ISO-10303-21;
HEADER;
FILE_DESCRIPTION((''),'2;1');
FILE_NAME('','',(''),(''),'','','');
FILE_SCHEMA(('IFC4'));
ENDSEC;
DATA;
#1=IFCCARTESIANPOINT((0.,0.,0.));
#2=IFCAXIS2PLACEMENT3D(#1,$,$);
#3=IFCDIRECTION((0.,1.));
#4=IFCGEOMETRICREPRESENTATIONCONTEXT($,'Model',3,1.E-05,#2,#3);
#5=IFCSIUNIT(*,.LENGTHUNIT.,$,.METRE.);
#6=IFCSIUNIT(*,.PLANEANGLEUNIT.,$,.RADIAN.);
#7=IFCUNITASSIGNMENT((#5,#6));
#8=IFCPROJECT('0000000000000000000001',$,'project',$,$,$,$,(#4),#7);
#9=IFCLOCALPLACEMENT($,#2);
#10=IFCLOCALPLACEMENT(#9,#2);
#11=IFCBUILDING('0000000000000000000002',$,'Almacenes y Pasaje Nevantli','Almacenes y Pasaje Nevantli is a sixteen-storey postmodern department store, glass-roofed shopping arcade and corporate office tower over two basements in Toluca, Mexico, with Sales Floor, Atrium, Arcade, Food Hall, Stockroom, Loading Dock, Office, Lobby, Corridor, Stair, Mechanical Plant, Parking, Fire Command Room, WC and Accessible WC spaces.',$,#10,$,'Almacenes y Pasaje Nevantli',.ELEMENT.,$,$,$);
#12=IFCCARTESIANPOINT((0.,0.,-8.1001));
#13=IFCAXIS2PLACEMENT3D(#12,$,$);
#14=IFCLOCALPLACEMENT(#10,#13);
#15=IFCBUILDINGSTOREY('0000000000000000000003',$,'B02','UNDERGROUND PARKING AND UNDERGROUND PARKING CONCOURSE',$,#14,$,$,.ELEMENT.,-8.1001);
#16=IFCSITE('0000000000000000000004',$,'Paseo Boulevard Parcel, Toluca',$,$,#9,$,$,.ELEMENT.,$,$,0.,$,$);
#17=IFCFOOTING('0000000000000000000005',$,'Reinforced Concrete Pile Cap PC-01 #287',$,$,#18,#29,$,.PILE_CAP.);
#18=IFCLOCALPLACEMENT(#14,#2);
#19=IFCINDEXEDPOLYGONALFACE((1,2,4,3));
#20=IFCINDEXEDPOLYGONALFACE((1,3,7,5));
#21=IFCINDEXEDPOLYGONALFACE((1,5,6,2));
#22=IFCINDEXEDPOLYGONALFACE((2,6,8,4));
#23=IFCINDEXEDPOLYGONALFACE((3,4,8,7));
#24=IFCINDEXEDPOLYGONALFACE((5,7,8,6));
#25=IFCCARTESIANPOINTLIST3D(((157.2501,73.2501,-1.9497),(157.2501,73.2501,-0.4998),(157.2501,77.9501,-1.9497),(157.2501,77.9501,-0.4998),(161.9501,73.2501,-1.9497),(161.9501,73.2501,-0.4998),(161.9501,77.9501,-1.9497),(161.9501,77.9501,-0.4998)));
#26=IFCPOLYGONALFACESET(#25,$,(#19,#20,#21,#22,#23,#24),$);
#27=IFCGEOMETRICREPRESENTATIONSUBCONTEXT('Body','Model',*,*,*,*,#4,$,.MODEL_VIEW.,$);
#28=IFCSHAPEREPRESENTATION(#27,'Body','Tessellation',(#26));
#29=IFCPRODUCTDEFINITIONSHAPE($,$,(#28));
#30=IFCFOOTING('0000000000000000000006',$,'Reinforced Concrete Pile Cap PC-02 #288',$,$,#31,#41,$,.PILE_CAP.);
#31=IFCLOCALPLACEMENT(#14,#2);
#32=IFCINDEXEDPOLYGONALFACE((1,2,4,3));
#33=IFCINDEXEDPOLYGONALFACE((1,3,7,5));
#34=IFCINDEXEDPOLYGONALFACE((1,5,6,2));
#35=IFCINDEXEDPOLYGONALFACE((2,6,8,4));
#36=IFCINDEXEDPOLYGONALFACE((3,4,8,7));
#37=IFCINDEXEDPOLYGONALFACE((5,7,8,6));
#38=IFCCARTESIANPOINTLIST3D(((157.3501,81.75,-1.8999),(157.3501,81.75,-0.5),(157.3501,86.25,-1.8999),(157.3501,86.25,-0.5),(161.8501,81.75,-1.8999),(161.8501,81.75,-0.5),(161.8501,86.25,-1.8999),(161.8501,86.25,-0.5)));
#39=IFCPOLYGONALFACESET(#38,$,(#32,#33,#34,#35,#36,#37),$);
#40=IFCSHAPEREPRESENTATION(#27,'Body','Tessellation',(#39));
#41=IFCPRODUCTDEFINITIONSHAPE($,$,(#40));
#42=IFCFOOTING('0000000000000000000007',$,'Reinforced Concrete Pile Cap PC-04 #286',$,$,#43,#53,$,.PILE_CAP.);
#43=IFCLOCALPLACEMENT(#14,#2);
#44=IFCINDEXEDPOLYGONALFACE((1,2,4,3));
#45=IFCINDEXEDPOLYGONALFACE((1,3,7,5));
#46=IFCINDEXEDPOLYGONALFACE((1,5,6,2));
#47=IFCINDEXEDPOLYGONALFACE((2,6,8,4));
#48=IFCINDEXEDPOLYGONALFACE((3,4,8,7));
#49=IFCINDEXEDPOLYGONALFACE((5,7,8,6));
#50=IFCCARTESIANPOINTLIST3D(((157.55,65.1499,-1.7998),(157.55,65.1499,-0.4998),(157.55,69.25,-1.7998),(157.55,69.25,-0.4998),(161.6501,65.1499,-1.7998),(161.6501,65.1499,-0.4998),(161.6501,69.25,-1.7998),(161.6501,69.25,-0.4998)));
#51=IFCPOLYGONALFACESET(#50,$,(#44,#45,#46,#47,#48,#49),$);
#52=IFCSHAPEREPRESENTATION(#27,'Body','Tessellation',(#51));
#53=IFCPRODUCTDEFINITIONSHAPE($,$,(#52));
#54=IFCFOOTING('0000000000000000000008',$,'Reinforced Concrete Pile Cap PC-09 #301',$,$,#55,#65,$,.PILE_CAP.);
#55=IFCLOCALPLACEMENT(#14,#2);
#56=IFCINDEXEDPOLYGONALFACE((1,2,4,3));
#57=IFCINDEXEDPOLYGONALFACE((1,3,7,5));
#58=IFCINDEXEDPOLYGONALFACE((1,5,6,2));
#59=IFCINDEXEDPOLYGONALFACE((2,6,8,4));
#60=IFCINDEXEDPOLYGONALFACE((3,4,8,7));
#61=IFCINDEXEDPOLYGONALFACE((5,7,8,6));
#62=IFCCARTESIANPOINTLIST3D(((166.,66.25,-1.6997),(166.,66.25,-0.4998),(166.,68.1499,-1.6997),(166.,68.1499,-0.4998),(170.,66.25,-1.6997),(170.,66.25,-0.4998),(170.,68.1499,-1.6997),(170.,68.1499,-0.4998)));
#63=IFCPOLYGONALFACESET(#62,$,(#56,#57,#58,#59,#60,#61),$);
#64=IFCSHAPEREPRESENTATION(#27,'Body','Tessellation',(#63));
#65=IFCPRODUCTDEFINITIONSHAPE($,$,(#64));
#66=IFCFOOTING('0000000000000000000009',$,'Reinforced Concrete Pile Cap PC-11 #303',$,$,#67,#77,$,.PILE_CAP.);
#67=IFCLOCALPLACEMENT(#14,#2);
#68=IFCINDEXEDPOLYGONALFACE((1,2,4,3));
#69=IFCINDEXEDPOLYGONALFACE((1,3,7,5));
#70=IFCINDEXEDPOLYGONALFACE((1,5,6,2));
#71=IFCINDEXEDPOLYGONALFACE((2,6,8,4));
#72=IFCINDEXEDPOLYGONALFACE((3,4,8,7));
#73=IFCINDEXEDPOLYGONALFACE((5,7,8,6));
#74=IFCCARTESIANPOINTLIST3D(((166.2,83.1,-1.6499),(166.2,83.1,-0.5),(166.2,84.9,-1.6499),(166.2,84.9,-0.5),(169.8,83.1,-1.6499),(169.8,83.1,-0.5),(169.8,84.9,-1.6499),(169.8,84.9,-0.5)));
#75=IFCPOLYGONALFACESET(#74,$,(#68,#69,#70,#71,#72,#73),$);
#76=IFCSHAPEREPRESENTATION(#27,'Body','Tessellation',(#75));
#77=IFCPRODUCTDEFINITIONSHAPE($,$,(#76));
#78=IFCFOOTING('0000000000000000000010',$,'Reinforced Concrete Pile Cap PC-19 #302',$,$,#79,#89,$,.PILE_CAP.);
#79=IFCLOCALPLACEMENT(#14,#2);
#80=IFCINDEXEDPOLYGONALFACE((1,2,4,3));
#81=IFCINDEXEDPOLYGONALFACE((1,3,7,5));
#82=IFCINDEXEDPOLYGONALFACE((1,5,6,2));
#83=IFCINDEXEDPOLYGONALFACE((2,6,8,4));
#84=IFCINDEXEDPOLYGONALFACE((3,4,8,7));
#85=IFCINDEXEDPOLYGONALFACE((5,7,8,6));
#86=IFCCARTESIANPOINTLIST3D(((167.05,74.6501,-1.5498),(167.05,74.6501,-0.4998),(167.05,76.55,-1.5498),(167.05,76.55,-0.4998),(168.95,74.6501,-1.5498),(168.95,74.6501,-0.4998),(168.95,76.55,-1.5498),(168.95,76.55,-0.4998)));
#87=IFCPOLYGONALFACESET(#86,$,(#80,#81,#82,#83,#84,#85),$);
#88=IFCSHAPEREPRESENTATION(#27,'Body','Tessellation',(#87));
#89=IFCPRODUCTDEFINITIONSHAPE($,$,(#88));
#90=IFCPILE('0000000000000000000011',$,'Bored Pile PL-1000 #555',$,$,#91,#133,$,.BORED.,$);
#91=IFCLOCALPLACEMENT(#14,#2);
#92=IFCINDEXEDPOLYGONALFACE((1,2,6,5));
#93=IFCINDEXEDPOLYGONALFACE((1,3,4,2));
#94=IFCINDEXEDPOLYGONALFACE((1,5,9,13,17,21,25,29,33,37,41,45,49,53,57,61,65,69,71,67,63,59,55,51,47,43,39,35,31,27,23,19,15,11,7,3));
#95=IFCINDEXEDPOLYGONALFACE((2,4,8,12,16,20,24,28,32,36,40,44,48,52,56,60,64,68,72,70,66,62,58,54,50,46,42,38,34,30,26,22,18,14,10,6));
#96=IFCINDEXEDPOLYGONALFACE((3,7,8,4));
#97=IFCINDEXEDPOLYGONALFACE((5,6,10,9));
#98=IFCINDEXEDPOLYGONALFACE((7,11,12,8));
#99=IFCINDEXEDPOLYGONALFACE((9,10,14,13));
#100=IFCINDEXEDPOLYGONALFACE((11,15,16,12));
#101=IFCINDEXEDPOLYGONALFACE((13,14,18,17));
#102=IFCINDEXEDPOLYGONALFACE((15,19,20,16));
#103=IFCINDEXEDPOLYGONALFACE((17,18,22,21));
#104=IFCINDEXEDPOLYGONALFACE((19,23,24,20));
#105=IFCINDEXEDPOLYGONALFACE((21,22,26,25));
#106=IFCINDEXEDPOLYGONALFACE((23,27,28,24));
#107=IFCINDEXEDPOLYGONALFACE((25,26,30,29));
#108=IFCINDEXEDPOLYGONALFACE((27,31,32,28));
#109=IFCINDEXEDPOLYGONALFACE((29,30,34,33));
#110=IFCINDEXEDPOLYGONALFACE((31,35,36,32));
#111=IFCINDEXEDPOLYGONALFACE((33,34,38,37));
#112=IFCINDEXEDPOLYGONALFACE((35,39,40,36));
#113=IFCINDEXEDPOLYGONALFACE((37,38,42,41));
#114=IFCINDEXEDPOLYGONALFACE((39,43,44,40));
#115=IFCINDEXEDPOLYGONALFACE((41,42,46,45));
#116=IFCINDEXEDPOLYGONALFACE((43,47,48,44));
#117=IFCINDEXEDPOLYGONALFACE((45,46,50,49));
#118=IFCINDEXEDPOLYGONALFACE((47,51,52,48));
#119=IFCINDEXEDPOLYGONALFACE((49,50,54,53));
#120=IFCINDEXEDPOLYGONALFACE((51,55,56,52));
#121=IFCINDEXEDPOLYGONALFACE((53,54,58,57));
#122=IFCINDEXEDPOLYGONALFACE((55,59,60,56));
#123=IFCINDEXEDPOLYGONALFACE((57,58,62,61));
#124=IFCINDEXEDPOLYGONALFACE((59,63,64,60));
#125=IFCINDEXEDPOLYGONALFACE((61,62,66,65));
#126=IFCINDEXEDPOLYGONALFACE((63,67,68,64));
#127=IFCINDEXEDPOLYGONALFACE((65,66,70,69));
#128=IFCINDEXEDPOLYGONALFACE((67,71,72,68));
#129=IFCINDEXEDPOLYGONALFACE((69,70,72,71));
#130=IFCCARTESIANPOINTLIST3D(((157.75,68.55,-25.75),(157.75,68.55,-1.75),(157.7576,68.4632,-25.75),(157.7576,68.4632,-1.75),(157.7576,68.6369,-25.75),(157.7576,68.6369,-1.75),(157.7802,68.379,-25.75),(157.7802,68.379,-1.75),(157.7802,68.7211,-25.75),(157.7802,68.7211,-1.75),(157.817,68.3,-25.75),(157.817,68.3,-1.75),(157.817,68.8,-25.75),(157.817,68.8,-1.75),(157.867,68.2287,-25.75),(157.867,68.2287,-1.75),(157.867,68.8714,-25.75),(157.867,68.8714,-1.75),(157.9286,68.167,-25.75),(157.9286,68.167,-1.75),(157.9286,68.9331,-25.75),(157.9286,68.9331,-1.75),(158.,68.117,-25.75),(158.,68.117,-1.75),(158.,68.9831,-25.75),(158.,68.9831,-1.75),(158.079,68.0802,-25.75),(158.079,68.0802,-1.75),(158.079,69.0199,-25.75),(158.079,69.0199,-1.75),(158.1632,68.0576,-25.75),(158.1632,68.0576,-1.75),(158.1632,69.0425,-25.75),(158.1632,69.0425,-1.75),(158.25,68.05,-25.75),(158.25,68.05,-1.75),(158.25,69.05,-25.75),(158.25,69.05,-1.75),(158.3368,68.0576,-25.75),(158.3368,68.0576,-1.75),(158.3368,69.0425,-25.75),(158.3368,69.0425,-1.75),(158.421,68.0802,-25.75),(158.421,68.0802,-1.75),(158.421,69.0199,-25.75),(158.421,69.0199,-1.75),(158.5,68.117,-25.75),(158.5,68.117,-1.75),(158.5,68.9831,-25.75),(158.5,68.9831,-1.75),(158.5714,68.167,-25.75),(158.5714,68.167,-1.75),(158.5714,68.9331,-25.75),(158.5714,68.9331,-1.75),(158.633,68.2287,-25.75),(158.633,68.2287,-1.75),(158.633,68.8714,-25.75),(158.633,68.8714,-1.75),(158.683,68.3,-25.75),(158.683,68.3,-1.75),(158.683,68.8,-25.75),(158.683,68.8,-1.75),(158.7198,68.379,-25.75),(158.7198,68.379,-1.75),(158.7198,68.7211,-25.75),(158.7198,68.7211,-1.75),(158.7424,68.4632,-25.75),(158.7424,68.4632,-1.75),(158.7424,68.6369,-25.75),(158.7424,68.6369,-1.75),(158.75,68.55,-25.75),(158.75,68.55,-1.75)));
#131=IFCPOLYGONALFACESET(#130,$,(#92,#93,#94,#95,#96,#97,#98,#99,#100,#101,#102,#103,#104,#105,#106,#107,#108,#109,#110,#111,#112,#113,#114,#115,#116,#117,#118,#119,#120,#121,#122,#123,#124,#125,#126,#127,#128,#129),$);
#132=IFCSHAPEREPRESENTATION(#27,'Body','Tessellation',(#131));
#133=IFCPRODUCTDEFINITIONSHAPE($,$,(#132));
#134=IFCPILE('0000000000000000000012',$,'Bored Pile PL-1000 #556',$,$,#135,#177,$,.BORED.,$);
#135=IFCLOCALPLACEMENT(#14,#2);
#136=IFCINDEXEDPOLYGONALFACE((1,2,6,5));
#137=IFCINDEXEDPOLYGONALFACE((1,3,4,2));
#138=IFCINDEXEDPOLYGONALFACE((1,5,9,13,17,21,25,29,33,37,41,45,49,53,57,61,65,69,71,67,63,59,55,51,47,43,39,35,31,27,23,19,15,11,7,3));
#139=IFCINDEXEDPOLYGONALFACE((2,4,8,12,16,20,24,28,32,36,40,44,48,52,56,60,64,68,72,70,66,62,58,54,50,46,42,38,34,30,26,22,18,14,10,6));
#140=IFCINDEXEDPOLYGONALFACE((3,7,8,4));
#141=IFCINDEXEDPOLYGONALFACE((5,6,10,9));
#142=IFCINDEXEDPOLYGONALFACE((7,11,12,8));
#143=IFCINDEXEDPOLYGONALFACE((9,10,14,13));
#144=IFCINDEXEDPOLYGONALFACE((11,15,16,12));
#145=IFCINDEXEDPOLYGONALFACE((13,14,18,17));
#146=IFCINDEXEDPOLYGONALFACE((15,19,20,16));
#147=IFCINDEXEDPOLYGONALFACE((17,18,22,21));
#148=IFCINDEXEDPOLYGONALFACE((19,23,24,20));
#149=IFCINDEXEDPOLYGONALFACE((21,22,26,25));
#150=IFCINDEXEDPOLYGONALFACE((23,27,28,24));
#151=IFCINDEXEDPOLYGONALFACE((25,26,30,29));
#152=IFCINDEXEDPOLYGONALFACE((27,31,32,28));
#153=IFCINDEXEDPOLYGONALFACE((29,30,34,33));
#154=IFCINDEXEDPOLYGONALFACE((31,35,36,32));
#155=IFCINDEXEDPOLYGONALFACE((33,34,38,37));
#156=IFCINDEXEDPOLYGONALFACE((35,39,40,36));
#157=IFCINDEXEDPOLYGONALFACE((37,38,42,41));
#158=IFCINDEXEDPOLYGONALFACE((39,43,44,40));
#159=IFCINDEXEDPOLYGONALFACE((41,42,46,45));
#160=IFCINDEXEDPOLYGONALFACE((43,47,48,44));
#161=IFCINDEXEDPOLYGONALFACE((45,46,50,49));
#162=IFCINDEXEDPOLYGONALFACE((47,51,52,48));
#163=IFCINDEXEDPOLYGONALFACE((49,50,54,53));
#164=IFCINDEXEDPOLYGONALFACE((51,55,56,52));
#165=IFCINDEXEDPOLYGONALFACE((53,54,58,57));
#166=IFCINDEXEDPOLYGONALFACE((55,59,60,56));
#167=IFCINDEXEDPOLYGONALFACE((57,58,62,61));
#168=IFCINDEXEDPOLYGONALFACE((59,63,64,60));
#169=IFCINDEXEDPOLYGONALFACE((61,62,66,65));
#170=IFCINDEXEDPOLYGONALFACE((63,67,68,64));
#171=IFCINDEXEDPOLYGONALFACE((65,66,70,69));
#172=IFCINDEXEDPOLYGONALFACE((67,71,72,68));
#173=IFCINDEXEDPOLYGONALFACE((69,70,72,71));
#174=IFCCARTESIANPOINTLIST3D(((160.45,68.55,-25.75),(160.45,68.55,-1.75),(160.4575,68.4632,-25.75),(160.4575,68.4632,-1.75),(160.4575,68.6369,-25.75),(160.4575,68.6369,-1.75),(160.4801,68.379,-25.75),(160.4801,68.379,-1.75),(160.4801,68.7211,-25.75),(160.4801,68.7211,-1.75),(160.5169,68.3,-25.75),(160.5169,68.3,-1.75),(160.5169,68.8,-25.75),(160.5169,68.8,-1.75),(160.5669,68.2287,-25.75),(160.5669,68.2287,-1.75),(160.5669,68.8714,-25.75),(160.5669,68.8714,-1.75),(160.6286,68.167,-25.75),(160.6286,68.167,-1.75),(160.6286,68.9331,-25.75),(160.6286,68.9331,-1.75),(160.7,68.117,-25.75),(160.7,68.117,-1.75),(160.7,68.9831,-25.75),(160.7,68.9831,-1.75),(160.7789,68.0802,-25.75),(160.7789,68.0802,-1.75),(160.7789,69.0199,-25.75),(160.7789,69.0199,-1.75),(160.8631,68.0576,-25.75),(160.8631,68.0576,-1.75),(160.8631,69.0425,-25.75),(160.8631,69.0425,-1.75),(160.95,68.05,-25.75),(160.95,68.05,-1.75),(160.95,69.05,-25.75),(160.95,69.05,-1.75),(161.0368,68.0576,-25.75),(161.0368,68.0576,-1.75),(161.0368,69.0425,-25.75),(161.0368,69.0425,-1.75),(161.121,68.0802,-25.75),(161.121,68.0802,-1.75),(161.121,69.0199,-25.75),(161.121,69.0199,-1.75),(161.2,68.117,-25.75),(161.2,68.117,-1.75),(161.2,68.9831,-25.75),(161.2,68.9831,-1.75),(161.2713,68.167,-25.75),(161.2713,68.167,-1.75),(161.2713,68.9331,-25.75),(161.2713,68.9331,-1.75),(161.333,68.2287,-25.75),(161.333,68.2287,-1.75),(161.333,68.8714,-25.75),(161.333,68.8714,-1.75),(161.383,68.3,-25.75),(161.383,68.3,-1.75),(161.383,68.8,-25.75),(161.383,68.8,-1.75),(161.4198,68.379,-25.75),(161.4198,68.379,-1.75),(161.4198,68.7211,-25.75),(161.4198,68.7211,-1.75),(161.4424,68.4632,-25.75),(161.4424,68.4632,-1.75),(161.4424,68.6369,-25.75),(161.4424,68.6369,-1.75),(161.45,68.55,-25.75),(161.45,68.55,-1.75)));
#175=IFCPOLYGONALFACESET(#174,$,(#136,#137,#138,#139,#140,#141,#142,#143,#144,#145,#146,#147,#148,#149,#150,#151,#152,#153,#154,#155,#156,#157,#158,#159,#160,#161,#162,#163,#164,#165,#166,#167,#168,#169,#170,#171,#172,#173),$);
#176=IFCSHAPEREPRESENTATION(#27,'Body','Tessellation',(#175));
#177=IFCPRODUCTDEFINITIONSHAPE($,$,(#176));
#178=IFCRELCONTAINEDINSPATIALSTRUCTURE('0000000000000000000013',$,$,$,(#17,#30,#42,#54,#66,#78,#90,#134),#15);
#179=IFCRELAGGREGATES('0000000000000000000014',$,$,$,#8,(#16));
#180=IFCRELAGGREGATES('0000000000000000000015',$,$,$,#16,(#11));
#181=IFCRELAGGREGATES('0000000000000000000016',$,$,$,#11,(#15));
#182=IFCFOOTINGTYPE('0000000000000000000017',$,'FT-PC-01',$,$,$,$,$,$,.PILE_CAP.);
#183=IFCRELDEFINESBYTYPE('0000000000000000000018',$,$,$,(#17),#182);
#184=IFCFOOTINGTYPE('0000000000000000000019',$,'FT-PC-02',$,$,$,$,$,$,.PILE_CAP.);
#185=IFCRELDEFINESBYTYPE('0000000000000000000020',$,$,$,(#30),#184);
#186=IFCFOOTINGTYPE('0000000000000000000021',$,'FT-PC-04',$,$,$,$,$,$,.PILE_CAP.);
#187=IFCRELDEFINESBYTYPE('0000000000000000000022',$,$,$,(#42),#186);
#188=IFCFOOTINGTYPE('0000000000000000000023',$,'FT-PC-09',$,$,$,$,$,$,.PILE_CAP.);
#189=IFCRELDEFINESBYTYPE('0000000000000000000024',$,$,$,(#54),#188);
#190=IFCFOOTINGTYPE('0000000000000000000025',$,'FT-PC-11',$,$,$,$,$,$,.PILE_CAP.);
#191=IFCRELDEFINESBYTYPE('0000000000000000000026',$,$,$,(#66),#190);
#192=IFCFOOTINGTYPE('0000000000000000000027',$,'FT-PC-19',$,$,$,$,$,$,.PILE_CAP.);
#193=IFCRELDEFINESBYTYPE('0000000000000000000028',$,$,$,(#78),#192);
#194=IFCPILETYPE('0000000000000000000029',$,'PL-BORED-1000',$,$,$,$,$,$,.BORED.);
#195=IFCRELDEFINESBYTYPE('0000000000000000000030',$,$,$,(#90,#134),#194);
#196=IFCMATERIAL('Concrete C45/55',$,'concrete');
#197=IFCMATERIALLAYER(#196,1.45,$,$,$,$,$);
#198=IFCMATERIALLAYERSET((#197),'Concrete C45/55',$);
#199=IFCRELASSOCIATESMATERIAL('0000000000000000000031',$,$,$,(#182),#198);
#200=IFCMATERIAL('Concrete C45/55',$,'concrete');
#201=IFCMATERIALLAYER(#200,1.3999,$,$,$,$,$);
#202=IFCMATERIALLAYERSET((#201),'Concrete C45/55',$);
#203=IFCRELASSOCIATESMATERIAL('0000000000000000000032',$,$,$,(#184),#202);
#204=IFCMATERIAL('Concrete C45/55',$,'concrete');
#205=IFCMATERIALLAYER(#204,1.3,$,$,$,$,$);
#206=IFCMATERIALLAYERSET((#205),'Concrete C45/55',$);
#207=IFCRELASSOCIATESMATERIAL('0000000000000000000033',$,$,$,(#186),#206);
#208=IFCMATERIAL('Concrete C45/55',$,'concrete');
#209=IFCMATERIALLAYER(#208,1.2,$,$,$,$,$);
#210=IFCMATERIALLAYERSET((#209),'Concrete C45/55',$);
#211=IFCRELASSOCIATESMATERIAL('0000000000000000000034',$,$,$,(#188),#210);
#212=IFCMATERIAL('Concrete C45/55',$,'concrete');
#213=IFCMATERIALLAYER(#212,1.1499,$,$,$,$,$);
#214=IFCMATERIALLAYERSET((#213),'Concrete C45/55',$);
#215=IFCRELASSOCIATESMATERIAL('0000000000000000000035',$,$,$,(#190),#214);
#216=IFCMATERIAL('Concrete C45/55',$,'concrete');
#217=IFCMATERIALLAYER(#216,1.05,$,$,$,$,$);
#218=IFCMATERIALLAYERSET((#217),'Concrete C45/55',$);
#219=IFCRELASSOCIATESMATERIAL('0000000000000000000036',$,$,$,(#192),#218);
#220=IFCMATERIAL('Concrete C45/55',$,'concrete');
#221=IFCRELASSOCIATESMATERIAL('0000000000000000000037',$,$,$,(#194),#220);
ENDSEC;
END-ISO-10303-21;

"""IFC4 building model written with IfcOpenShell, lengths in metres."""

from ifc_helpers import new_model, si_unit, direction, frame, origin, origin_2d, place, context, subcontext, project, spatial, rectangle, circle, extrude, material, layer, layer_set, material_profile, profile_set, type_object, element, save


model = new_model("IFC4")

# Units and contexts
model_context = context("Model", 3, precision=1e-05, world=origin(), true_north=direction((0.0, 1.0)))
body_context = subcontext(model_context, "Body", "Model", "MODEL_VIEW")
ifc_project = project(units=[si_unit("LENGTHUNIT", "METRE"), si_unit("PLANEANGLEUNIT", "RADIAN")], contexts=[model_context])

# Site, building, storey
site_placement = place(None, origin())
site = spatial("IfcSite", under=ifc_project, at=site_placement, Name="Paseo Boulevard Parcel, Toluca", CompositionType="ELEMENT", RefElevation=0.0)
building_placement = place(site_placement, origin())
building = spatial("IfcBuilding", under=site, at=building_placement, Name="Almacenes y Pasaje Nevantli", Description="Almacenes y Pasaje Nevantli is a sixteen-storey postmodern department store, glass-roofed shopping arcade and corporate office tower over two basements in Toluca, Mexico, with Sales Floor, Atrium, Arcade, Food Hall, Stockroom, Loading Dock, Office, Lobby, Corridor, Stair, Mechanical Plant, Parking, Fire Command Room, WC and Accessible WC spaces.", LongName="Almacenes y Pasaje Nevantli", CompositionType="ELEMENT")
storey_placement = place(building_placement, frame((0.0, 0.0, -8.1001)))
storey = spatial("IfcBuildingStorey", under=building, at=storey_placement, Name="B02", Description="UNDERGROUND PARKING AND UNDERGROUND PARKING CONCOURSE", CompositionType="ELEMENT", Elevation=-8.1001)

# Footings
ifc_material_1 = material(Name="Concrete C45/55", Category="concrete")
ifc_layer_1 = layer(ifc_material_1, 1.45)
ifc_layer_set_1 = layer_set([ifc_layer_1], Name="Concrete C45/55")
footing_type_1 = type_object("IfcFootingType", Name="FT-PC-01", PredefinedType="PILE_CAP", material=ifc_layer_set_1)
footing_1_placement = place(storey_placement, frame((159.6001, 75.6001, -1.9497), z_axis=(0.0, 0.0, 1.0), x_axis=(1.0, 0.0, 0.0)))
element("IfcFooting", 1, at=footing_1_placement, inside=storey, type_object=footing_type_1, Name="Reinforced Concrete Pile Cap PC-01 #287", PredefinedType="PILE_CAP", context=body_context, shape_type="SweptSolid", body=[
    extrude(rectangle(XDim=4.7, YDim=4.7, at=origin_2d()), origin(), (0.0, 0.0, 1.0), 1.45),
])
ifc_material_2 = material(Name="Concrete C45/55", Category="concrete")
ifc_layer_2 = layer(ifc_material_2, 1.3999)
ifc_layer_set_2 = layer_set([ifc_layer_2], Name="Concrete C45/55")
footing_type_2 = type_object("IfcFootingType", Name="FT-PC-02", PredefinedType="PILE_CAP", material=ifc_layer_set_2)
footing_2_placement = place(storey_placement, frame((159.6001, 84.0, -1.8999), z_axis=(0.0, 0.0, 1.0), x_axis=(1.0, 0.0, 0.0)))
element("IfcFooting", 2, at=footing_2_placement, inside=storey, type_object=footing_type_2, Name="Reinforced Concrete Pile Cap PC-02 #288", PredefinedType="PILE_CAP", context=body_context, shape_type="SweptSolid", body=[
    extrude(rectangle(XDim=4.5, YDim=4.5, at=origin_2d()), origin(), (0.0, 0.0, 1.0), 1.3999),
])
ifc_material_3 = material(Name="Concrete C45/55", Category="concrete")
ifc_layer_3 = layer(ifc_material_3, 1.3)
ifc_layer_set_3 = layer_set([ifc_layer_3], Name="Concrete C45/55")
footing_type_3 = type_object("IfcFootingType", Name="FT-PC-04", PredefinedType="PILE_CAP", material=ifc_layer_set_3)
footing_3_placement = place(storey_placement, frame((159.6001, 67.2, -1.7998), z_axis=(0.0, 0.0, 1.0), x_axis=(1.0, 0.0, 0.0)))
element("IfcFooting", 3, at=footing_3_placement, inside=storey, type_object=footing_type_3, Name="Reinforced Concrete Pile Cap PC-04 #286", PredefinedType="PILE_CAP", context=body_context, shape_type="SweptSolid", body=[
    extrude(rectangle(XDim=4.1001, YDim=4.1001, at=origin_2d()), origin(), (0.0, 0.0, 1.0), 1.3),
])
ifc_material_4 = material(Name="Concrete C45/55", Category="concrete")
ifc_layer_4 = layer(ifc_material_4, 1.2)
ifc_layer_set_4 = layer_set([ifc_layer_4], Name="Concrete C45/55")
footing_type_4 = type_object("IfcFootingType", Name="FT-PC-09", PredefinedType="PILE_CAP", material=ifc_layer_set_4)
footing_4_placement = place(storey_placement, frame((168.0, 67.2, -1.6997), z_axis=(0.0, 0.0, 1.0), x_axis=(1.0, 0.0, 0.0)))
element("IfcFooting", 4, at=footing_4_placement, inside=storey, type_object=footing_type_4, Name="Reinforced Concrete Pile Cap PC-09 #301", PredefinedType="PILE_CAP", context=body_context, shape_type="SweptSolid", body=[
    extrude(rectangle(XDim=4.0, YDim=1.8999, at=origin_2d()), origin(), (0.0, 0.0, 1.0), 1.2),
])
ifc_material_5 = material(Name="Concrete C45/55", Category="concrete")
ifc_layer_5 = layer(ifc_material_5, 1.1499)
ifc_layer_set_5 = layer_set([ifc_layer_5], Name="Concrete C45/55")
footing_type_5 = type_object("IfcFootingType", Name="FT-PC-11", PredefinedType="PILE_CAP", material=ifc_layer_set_5)
footing_5_placement = place(storey_placement, frame((168.0, 84.0, -1.6499), z_axis=(0.0, 0.0, 1.0), x_axis=(1.0, 0.0, 0.0)))
element("IfcFooting", 5, at=footing_5_placement, inside=storey, type_object=footing_type_5, Name="Reinforced Concrete Pile Cap PC-11 #303", PredefinedType="PILE_CAP", context=body_context, shape_type="SweptSolid", body=[
    extrude(rectangle(XDim=3.6001, YDim=1.8, at=origin_2d()), origin(), (0.0, 0.0, 1.0), 1.1499),
])
ifc_material_6 = material(Name="Concrete C45/55", Category="concrete")
ifc_layer_6 = layer(ifc_material_6, 1.05)
ifc_layer_set_6 = layer_set([ifc_layer_6], Name="Concrete C45/55")
footing_type_6 = type_object("IfcFootingType", Name="FT-PC-19", PredefinedType="PILE_CAP", material=ifc_layer_set_6)
footing_6_placement = place(storey_placement, frame((168.0, 75.6001, -1.5498), z_axis=(0.0, 0.0, 1.0), x_axis=(1.0, 0.0, 0.0)))
element("IfcFooting", 6, at=footing_6_placement, inside=storey, type_object=footing_type_6, Name="Reinforced Concrete Pile Cap PC-19 #302", PredefinedType="PILE_CAP", context=body_context, shape_type="SweptSolid", body=[
    extrude(rectangle(XDim=1.8999, YDim=1.8999, at=origin_2d()), origin(), (0.0, 0.0, 1.0), 1.05),
])

# Piles
ifc_material_7 = material(Name="Concrete C45/55", Category="concrete")
ifc_material_profile_1 = material_profile(ifc_material_7, circle(Radius=0.5, at=origin_2d()), Name="RC-PILE-D1000")
ifc_profile_set_1 = profile_set([ifc_material_profile_1], Name="Concrete C45/55")
pile_type_1 = type_object("IfcPileType", Name="PL-BORED-1000", PredefinedType="BORED", material=ifc_profile_set_1)
for number, where, z_axis, x_axis, name in (
    (7, (158.25, 68.55, -1.75), (0.0, 0.0, -1.0), (1.0, 0.0, 0.0), "Bored Pile PL-1000 #555"),
    (8, (160.95, 68.55, -1.75), (0.0, 0.0, -1.0), (1.0, 0.0, 0.0), "Bored Pile PL-1000 #556"),
):
    element("IfcPile", number, at=place(storey_placement, frame(where, z_axis=z_axis, x_axis=x_axis)), inside=storey, type_object=pile_type_1, Name=name, PredefinedType="BORED", context=body_context, shape_type="SweptSolid", body=[
        extrude(circle(Radius=0.5, at=origin_2d()), origin(), (0.0, 0.0, 1.0), 24.0),
    ])

save(model, "model.ifc")
